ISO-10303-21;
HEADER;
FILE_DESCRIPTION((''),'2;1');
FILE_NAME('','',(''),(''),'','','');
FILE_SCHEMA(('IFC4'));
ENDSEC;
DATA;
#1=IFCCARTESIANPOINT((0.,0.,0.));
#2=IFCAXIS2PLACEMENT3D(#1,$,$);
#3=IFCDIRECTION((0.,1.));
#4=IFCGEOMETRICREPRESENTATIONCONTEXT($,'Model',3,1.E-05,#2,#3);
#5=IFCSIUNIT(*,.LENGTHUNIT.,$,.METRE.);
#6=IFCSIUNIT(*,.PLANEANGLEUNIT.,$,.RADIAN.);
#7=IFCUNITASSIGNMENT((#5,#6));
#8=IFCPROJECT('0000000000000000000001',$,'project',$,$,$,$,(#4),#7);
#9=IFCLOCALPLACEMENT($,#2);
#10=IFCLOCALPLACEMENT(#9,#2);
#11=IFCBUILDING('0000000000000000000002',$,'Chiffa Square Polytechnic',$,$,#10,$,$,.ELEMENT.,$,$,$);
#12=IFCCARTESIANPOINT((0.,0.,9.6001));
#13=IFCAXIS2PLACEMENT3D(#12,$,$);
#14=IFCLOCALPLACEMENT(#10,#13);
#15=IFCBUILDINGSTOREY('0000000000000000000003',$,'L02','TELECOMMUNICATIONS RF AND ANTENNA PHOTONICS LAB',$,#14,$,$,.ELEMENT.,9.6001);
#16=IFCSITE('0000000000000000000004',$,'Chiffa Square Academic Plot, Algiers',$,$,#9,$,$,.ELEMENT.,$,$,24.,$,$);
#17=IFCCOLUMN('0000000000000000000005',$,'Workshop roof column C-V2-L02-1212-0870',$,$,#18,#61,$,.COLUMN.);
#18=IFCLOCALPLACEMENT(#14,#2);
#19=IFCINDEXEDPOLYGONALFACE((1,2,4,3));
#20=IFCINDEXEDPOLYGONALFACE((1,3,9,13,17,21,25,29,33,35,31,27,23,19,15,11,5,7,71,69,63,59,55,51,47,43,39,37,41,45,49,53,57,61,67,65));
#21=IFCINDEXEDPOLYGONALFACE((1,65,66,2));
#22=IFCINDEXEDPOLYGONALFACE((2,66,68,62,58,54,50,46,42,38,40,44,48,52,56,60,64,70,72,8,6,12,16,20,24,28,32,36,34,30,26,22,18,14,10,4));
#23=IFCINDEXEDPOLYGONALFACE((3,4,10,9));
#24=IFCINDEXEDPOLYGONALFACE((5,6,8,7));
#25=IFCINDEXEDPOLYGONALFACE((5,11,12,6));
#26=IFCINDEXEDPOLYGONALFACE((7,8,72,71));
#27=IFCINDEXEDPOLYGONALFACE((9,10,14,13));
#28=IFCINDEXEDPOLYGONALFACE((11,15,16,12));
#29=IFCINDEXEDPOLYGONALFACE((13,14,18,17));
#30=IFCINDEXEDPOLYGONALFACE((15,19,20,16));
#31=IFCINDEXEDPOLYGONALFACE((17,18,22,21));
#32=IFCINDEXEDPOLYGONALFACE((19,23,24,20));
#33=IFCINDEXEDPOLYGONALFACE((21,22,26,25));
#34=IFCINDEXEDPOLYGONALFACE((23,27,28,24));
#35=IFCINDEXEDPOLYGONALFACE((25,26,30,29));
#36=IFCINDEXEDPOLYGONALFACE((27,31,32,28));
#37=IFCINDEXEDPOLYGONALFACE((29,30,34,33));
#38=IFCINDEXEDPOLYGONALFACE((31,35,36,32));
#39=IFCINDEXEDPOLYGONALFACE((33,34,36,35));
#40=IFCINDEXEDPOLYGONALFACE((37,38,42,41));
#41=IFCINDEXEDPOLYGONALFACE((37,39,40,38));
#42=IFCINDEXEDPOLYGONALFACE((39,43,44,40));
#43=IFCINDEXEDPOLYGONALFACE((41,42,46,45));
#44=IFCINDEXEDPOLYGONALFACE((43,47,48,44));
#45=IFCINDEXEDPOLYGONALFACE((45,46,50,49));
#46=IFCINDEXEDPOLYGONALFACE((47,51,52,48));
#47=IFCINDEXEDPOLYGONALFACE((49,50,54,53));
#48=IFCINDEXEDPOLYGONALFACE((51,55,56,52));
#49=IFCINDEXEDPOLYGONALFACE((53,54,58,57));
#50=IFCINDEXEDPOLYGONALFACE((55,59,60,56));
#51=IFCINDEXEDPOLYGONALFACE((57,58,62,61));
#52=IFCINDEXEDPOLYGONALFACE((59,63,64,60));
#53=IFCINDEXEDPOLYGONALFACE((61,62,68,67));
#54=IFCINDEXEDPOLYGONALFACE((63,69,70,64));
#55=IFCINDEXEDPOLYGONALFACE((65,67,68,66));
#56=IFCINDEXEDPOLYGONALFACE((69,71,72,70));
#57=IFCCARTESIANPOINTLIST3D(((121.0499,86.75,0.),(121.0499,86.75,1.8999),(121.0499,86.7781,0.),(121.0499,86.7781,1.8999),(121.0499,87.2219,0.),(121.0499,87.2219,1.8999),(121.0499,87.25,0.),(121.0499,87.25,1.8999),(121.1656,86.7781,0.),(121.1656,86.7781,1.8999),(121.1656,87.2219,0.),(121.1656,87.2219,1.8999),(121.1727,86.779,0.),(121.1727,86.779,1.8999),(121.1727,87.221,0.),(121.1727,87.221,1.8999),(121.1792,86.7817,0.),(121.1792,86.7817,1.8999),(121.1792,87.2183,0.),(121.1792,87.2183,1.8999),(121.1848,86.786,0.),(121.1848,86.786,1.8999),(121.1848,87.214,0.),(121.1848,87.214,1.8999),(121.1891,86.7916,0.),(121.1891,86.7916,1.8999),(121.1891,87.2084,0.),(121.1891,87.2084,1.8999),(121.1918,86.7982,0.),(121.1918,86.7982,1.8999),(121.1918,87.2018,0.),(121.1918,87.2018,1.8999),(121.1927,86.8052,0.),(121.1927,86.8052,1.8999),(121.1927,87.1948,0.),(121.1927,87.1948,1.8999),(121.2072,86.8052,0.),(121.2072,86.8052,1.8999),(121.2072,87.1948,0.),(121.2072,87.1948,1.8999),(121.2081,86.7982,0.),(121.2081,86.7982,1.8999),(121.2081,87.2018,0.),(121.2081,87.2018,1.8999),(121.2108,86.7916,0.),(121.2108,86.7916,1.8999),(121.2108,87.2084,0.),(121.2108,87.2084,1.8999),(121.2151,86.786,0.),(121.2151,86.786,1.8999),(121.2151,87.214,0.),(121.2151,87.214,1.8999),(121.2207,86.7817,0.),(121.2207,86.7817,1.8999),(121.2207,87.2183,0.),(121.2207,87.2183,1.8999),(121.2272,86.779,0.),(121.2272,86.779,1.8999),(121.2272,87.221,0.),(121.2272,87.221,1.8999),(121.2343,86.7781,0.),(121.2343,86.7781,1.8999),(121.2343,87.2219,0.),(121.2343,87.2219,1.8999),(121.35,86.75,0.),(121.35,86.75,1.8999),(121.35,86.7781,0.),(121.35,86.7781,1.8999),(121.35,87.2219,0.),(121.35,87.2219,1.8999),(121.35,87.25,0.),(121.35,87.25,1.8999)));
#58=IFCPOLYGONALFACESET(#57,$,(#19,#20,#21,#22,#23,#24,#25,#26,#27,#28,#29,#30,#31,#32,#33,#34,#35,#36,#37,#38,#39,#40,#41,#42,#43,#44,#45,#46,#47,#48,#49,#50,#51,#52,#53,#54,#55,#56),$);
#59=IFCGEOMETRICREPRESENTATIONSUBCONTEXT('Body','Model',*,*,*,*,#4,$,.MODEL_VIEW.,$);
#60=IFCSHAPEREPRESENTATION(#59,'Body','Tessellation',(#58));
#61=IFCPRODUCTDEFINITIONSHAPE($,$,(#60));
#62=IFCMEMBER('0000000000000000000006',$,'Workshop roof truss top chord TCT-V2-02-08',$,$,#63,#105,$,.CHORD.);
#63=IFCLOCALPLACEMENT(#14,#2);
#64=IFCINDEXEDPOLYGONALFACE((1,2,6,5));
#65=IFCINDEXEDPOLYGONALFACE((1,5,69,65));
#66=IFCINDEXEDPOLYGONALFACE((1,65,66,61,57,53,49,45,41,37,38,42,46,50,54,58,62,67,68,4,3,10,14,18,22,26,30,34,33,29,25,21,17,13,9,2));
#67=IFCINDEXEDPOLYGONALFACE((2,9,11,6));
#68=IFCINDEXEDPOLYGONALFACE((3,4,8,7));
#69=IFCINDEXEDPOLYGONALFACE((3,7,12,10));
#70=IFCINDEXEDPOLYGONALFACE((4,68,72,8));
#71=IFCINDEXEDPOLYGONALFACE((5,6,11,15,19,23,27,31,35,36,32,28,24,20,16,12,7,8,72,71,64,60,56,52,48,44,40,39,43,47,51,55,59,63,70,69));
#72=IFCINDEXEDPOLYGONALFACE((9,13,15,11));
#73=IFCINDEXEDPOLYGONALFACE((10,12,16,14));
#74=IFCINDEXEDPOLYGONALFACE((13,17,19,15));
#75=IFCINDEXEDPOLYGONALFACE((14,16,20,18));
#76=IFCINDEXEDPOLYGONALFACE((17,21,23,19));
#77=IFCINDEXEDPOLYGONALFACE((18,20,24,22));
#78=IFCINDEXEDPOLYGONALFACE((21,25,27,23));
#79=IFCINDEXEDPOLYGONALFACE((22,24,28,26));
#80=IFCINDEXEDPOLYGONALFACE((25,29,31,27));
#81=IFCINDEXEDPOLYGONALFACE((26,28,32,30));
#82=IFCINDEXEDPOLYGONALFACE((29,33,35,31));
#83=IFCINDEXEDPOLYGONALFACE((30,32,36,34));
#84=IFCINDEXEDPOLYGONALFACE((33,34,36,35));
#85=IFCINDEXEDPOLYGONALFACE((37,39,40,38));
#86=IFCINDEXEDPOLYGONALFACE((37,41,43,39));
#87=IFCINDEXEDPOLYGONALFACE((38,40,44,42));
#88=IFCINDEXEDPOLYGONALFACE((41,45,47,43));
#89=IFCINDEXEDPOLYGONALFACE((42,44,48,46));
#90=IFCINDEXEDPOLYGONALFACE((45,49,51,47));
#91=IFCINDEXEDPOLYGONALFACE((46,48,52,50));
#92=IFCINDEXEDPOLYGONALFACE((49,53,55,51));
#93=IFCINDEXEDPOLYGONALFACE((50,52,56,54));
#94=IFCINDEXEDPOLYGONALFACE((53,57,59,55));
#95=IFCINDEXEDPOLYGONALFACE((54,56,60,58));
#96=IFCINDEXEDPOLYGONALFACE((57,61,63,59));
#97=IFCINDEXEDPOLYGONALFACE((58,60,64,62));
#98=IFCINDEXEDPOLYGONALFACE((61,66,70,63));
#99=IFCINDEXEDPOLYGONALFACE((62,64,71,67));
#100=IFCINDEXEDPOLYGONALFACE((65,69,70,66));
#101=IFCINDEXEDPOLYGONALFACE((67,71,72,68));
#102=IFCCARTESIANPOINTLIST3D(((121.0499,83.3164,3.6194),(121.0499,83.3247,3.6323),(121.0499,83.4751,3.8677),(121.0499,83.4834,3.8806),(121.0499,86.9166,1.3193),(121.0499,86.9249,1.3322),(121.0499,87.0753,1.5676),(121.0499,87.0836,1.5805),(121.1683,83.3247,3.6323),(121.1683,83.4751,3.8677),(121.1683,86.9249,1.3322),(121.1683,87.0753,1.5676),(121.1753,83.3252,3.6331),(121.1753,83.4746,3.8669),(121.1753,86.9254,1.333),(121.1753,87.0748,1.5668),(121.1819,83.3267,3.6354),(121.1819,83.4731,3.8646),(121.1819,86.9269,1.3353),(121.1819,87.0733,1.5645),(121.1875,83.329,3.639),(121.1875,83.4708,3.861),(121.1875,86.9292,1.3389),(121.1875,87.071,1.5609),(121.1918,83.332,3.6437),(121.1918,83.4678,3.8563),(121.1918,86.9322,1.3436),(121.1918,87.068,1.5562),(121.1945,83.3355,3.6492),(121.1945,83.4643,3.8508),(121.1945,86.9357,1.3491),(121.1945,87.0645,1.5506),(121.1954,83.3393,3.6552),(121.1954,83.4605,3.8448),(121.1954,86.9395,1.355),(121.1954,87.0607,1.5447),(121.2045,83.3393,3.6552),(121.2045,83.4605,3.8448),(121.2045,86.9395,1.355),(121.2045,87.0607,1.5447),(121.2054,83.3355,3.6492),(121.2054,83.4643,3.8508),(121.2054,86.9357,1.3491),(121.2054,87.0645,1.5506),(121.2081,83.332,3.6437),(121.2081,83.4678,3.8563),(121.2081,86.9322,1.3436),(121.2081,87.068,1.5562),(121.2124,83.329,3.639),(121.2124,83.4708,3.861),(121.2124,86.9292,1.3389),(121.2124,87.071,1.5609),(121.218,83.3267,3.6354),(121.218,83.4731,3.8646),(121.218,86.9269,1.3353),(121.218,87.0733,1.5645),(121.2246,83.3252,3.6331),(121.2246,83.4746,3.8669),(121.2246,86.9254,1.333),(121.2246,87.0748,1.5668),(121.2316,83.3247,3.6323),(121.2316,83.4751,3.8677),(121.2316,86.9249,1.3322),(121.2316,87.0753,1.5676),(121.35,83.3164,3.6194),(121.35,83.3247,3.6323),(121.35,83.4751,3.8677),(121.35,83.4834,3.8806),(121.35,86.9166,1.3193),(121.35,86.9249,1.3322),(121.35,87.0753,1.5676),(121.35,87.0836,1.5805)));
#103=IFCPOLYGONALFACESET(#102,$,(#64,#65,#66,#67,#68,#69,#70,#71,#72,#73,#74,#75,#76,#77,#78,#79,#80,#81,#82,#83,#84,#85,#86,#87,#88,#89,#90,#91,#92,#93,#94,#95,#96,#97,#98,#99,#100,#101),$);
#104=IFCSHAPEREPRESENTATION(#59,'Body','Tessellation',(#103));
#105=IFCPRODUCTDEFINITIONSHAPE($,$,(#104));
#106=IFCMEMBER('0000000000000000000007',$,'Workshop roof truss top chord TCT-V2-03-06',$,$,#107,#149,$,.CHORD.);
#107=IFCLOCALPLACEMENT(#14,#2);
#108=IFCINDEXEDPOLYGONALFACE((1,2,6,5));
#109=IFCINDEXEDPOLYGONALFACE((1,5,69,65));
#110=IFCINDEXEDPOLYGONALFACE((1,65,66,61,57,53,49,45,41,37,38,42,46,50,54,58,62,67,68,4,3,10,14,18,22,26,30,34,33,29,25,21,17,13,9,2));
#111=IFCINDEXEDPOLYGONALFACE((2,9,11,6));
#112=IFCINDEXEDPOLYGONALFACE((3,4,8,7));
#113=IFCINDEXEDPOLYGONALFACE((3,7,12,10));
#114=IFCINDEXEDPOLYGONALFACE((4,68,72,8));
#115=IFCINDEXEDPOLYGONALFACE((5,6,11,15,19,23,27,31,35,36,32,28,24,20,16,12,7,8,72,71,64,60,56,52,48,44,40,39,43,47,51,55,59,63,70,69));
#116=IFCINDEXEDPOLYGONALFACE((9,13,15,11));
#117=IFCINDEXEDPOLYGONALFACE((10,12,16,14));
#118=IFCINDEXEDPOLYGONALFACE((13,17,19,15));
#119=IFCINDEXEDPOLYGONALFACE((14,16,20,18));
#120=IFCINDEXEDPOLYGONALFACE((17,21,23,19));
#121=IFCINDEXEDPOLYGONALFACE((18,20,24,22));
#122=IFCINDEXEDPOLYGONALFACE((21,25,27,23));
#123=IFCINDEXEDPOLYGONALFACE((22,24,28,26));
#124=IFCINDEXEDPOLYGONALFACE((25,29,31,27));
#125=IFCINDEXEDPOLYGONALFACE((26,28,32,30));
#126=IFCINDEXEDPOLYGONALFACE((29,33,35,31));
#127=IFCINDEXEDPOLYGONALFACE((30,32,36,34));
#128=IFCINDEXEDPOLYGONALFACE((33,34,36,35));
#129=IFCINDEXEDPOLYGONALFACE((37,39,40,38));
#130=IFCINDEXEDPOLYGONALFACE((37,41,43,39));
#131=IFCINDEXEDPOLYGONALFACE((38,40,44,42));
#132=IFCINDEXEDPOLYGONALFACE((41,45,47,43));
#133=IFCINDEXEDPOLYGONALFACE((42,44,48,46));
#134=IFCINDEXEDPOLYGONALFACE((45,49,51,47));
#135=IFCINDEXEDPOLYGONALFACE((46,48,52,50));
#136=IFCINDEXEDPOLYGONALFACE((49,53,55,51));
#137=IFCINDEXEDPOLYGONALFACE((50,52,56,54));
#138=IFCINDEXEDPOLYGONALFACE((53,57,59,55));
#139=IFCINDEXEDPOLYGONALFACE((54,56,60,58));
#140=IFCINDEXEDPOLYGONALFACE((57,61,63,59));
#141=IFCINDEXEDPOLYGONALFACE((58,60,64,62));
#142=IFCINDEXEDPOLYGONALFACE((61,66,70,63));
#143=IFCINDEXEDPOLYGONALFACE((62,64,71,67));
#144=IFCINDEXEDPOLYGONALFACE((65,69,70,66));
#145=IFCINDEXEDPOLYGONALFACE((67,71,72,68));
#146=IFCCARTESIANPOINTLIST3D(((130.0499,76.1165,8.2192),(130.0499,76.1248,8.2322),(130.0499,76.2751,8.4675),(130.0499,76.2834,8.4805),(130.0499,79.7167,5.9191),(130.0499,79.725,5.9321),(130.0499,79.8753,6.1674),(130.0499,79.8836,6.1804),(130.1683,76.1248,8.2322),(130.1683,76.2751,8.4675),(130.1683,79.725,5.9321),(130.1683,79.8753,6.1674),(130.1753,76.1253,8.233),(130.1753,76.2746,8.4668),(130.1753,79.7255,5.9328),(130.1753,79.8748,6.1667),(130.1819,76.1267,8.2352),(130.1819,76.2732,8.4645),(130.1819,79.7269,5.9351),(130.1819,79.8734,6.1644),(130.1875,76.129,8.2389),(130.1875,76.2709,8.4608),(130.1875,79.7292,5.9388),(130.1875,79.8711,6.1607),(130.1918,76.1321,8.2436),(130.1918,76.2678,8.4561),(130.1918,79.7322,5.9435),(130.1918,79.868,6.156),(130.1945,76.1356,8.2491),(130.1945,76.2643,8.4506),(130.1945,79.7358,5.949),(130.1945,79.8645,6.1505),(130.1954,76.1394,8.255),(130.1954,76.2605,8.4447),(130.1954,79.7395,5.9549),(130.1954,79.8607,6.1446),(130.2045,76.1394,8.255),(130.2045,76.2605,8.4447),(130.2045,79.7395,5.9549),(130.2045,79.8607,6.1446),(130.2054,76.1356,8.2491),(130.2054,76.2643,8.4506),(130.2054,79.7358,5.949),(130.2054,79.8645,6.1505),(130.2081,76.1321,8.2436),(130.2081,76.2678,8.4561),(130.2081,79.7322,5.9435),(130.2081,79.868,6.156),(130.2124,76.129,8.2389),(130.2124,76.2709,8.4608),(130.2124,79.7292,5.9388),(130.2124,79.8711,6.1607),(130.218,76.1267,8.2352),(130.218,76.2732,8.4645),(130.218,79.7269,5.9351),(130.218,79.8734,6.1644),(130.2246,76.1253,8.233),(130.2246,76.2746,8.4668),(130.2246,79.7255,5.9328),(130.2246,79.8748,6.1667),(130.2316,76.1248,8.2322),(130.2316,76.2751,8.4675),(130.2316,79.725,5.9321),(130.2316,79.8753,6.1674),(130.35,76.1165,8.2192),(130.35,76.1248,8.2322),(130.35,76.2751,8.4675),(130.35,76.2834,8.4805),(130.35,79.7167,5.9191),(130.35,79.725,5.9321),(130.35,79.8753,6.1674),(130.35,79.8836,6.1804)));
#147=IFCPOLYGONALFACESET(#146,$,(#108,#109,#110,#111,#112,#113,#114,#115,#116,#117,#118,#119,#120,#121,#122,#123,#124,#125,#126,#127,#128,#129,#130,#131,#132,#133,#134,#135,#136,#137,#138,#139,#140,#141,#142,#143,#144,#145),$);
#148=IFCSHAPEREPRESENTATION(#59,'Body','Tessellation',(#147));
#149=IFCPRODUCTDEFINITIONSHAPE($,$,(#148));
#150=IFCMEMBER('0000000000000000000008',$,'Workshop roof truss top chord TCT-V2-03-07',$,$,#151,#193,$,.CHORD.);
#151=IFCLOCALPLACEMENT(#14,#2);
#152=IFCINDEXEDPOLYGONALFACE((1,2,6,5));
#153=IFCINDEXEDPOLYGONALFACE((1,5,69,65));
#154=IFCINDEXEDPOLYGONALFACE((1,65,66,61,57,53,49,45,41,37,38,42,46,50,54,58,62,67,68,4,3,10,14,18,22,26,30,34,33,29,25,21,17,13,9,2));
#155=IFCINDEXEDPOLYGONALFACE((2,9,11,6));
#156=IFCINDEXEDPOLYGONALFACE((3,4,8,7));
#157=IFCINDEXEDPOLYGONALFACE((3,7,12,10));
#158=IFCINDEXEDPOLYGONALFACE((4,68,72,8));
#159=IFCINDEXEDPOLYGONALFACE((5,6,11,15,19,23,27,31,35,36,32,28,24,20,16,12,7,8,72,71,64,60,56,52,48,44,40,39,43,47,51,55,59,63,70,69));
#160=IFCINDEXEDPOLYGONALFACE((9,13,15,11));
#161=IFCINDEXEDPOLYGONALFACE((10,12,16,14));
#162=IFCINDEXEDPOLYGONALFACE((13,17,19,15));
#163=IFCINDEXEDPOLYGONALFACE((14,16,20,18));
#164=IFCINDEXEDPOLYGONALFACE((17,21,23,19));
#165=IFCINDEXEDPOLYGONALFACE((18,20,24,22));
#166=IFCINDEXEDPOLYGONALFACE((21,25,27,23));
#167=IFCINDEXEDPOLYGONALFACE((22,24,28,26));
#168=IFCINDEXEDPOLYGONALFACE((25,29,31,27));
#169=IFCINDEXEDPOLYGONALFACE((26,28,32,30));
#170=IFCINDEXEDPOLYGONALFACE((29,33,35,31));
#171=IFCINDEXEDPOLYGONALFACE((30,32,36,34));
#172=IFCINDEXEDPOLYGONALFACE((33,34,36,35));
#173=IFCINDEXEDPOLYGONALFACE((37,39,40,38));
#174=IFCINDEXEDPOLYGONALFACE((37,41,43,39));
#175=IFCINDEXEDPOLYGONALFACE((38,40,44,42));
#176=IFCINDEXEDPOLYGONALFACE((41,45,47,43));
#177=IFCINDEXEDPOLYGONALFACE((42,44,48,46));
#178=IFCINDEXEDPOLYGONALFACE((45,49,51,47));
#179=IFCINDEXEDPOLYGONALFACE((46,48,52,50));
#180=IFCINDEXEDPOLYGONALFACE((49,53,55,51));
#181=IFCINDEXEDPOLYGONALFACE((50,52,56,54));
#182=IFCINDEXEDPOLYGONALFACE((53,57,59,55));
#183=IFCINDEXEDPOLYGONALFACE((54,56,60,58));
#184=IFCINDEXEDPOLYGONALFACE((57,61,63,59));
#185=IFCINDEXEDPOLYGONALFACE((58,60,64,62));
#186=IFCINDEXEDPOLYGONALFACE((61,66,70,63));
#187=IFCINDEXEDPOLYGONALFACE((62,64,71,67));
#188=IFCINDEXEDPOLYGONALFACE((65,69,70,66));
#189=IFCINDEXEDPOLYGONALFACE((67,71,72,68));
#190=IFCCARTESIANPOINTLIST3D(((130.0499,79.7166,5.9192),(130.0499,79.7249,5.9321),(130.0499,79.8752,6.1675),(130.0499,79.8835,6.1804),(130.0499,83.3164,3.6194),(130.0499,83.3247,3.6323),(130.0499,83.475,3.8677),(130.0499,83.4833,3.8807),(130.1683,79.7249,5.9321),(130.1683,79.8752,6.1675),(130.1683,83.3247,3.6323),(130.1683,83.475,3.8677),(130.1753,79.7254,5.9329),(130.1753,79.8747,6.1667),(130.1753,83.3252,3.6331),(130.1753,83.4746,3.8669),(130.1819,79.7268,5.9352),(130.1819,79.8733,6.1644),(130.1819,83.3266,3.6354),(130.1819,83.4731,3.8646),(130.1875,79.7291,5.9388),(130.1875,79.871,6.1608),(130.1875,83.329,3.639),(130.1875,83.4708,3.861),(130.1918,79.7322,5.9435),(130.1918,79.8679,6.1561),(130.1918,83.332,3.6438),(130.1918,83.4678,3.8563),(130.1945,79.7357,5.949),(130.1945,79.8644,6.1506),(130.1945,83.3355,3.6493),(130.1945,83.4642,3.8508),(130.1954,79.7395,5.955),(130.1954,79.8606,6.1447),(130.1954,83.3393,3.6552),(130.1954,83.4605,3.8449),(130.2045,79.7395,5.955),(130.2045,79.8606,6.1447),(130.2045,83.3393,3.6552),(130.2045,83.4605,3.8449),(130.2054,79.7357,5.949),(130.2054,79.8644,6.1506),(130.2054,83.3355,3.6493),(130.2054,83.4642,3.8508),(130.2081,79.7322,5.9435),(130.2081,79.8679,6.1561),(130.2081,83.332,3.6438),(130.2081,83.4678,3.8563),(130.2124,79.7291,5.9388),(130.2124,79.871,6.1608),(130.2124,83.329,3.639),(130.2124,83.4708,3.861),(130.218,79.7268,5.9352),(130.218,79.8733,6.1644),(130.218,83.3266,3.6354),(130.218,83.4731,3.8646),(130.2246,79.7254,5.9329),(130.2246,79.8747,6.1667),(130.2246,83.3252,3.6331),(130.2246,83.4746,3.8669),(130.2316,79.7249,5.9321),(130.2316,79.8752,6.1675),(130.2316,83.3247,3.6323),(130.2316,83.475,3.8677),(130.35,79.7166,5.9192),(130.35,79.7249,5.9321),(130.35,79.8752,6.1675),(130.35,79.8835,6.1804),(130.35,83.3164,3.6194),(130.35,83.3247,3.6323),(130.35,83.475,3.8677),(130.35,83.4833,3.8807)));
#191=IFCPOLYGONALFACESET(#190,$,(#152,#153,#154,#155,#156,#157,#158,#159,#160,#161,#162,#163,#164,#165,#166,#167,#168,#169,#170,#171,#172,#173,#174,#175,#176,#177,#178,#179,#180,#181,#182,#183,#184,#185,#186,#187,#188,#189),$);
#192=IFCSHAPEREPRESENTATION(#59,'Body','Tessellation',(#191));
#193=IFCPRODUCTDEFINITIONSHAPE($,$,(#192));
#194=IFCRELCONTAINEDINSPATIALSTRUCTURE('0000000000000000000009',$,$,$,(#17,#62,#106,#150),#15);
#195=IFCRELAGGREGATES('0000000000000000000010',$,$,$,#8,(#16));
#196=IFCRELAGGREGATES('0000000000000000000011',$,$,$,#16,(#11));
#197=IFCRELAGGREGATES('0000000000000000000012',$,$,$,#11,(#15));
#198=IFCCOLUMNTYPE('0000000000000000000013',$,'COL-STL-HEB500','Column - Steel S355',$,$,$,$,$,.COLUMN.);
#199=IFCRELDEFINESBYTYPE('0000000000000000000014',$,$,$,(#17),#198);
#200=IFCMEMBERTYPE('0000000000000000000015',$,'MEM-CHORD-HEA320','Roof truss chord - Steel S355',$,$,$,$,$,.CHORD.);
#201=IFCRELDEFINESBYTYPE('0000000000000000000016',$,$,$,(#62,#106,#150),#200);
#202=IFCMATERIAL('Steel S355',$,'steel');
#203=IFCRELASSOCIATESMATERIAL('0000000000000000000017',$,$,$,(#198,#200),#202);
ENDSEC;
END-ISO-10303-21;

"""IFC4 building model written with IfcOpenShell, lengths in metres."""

from ifc_helpers import new_model, si_unit, direction, frame, origin, origin_2d, place, context, subcontext, project, spatial, i_section, extrude, material, material_profile, profile_set, type_object, element, save


model = new_model("IFC4")

# Units and contexts
model_context = context("Model", 3, precision=1e-05, world=origin(), true_north=direction((0.0, 1.0)))
body_context = subcontext(model_context, "Body", "Model", "MODEL_VIEW")
ifc_project = project(units=[si_unit("LENGTHUNIT", "METRE"), si_unit("PLANEANGLEUNIT", "RADIAN")], contexts=[model_context])

# Site, building, storey
site_placement = place(None, origin())
site = spatial("IfcSite", under=ifc_project, at=site_placement, Name="Chiffa Square Academic Plot, Algiers", CompositionType="ELEMENT", RefElevation=24.0)
building_placement = place(site_placement, origin())
building = spatial("IfcBuilding", under=site, at=building_placement, Name="Chiffa Square Polytechnic", CompositionType="ELEMENT")
storey_placement = place(building_placement, frame((0.0, 0.0, 9.6001)))
storey = spatial("IfcBuildingStorey", under=building, at=storey_placement, Name="L02", Description="TELECOMMUNICATIONS RF AND ANTENNA PHOTONICS LAB", CompositionType="ELEMENT", Elevation=9.6001)

# Column
ifc_material = material(Name="Steel S355", Category="steel")
ifc_material_profile_1 = material_profile(ifc_material, i_section(OverallWidth=0.3, OverallDepth=0.5, WebThickness=0.0144, FlangeThickness=0.0281, FilletRadius=0.0271, at=origin_2d()), Name="HEB 500")
ifc_profile_set_1 = profile_set([ifc_material_profile_1], Name="Steel S355")
column_type = type_object("IfcColumnType", Name="COL-STL-HEB500", Description="Column - Steel S355", PredefinedType="COLUMN", material=ifc_profile_set_1)
column_placement = place(storey_placement, frame((121.2, 87.0, 0.0), z_axis=(0.0, 0.0, 1.0), x_axis=(1.0, 0.0, 0.0)))
element("IfcColumn", 1, at=column_placement, inside=storey, type_object=column_type, Name="Workshop roof column C-V2-L02-1212-0870", PredefinedType="COLUMN", context=body_context, shape_type="SweptSolid", body=[
    extrude(i_section(OverallWidth=0.3, OverallDepth=0.5, WebThickness=0.0144, FlangeThickness=0.0281, FilletRadius=0.0271, at=origin_2d()), origin(), (0.0, 0.0, 1.0), 1.8999),
])

# Members
ifc_material_profile_2 = material_profile(ifc_material, i_section(OverallWidth=0.3, OverallDepth=0.3101, WebThickness=0.009, FlangeThickness=0.0154, FilletRadius=0.0271, at=origin_2d()), Name="HEA 320")
ifc_profile_set_2 = profile_set([ifc_material_profile_2], Name="Steel S355")
member_type_1 = type_object("IfcMemberType", Name="MEM-CHORD-HEA320", Description="Roof truss chord - Steel S355", PredefinedType="CHORD", material=ifc_profile_set_2)
for number, where, z_axis, x_axis, name in (
    (2, (121.2, 83.3999, 3.75), (0.0, 0.842698, -0.538387), (-1.0, 0.0, 0.0), "Workshop roof truss top chord TCT-V2-02-08"),
    (3, (130.2, 76.2, 8.3499), (0.0, 0.842698, -0.538387), (-1.0, 0.0, 0.0), "Workshop roof truss top chord TCT-V2-03-06"),
):
    element("IfcMember", number, at=place(storey_placement, frame(where, z_axis=z_axis, x_axis=x_axis)), inside=storey, type_object=member_type_1, Name=name, PredefinedType="CHORD", context=body_context, shape_type="SweptSolid", body=[
        extrude(i_section(OverallWidth=0.3, OverallDepth=0.3101, WebThickness=0.009, FlangeThickness=0.0154, FilletRadius=0.0271, at=origin_2d()), origin(), (0.0, 0.0, 1.0), 4.2722),
    ])
member_1_placement = place(storey_placement, frame((130.2, 79.8, 6.0498), z_axis=(0.0, 0.842707, -0.538372), x_axis=(-1.0, 0.0, 0.0)))
element("IfcMember", 4, at=member_1_placement, inside=storey, type_object=member_type_1, Name="Workshop roof truss top chord TCT-V2-03-07", PredefinedType="CHORD", context=body_context, shape_type="SweptSolid", body=[
    extrude(i_section(OverallWidth=0.3, OverallDepth=0.3101, WebThickness=0.009, FlangeThickness=0.0154, FilletRadius=0.0271, at=origin_2d()), origin(), (0.0, 0.0, 1.0), 4.2717),
])

save(model, "model.ifc")
